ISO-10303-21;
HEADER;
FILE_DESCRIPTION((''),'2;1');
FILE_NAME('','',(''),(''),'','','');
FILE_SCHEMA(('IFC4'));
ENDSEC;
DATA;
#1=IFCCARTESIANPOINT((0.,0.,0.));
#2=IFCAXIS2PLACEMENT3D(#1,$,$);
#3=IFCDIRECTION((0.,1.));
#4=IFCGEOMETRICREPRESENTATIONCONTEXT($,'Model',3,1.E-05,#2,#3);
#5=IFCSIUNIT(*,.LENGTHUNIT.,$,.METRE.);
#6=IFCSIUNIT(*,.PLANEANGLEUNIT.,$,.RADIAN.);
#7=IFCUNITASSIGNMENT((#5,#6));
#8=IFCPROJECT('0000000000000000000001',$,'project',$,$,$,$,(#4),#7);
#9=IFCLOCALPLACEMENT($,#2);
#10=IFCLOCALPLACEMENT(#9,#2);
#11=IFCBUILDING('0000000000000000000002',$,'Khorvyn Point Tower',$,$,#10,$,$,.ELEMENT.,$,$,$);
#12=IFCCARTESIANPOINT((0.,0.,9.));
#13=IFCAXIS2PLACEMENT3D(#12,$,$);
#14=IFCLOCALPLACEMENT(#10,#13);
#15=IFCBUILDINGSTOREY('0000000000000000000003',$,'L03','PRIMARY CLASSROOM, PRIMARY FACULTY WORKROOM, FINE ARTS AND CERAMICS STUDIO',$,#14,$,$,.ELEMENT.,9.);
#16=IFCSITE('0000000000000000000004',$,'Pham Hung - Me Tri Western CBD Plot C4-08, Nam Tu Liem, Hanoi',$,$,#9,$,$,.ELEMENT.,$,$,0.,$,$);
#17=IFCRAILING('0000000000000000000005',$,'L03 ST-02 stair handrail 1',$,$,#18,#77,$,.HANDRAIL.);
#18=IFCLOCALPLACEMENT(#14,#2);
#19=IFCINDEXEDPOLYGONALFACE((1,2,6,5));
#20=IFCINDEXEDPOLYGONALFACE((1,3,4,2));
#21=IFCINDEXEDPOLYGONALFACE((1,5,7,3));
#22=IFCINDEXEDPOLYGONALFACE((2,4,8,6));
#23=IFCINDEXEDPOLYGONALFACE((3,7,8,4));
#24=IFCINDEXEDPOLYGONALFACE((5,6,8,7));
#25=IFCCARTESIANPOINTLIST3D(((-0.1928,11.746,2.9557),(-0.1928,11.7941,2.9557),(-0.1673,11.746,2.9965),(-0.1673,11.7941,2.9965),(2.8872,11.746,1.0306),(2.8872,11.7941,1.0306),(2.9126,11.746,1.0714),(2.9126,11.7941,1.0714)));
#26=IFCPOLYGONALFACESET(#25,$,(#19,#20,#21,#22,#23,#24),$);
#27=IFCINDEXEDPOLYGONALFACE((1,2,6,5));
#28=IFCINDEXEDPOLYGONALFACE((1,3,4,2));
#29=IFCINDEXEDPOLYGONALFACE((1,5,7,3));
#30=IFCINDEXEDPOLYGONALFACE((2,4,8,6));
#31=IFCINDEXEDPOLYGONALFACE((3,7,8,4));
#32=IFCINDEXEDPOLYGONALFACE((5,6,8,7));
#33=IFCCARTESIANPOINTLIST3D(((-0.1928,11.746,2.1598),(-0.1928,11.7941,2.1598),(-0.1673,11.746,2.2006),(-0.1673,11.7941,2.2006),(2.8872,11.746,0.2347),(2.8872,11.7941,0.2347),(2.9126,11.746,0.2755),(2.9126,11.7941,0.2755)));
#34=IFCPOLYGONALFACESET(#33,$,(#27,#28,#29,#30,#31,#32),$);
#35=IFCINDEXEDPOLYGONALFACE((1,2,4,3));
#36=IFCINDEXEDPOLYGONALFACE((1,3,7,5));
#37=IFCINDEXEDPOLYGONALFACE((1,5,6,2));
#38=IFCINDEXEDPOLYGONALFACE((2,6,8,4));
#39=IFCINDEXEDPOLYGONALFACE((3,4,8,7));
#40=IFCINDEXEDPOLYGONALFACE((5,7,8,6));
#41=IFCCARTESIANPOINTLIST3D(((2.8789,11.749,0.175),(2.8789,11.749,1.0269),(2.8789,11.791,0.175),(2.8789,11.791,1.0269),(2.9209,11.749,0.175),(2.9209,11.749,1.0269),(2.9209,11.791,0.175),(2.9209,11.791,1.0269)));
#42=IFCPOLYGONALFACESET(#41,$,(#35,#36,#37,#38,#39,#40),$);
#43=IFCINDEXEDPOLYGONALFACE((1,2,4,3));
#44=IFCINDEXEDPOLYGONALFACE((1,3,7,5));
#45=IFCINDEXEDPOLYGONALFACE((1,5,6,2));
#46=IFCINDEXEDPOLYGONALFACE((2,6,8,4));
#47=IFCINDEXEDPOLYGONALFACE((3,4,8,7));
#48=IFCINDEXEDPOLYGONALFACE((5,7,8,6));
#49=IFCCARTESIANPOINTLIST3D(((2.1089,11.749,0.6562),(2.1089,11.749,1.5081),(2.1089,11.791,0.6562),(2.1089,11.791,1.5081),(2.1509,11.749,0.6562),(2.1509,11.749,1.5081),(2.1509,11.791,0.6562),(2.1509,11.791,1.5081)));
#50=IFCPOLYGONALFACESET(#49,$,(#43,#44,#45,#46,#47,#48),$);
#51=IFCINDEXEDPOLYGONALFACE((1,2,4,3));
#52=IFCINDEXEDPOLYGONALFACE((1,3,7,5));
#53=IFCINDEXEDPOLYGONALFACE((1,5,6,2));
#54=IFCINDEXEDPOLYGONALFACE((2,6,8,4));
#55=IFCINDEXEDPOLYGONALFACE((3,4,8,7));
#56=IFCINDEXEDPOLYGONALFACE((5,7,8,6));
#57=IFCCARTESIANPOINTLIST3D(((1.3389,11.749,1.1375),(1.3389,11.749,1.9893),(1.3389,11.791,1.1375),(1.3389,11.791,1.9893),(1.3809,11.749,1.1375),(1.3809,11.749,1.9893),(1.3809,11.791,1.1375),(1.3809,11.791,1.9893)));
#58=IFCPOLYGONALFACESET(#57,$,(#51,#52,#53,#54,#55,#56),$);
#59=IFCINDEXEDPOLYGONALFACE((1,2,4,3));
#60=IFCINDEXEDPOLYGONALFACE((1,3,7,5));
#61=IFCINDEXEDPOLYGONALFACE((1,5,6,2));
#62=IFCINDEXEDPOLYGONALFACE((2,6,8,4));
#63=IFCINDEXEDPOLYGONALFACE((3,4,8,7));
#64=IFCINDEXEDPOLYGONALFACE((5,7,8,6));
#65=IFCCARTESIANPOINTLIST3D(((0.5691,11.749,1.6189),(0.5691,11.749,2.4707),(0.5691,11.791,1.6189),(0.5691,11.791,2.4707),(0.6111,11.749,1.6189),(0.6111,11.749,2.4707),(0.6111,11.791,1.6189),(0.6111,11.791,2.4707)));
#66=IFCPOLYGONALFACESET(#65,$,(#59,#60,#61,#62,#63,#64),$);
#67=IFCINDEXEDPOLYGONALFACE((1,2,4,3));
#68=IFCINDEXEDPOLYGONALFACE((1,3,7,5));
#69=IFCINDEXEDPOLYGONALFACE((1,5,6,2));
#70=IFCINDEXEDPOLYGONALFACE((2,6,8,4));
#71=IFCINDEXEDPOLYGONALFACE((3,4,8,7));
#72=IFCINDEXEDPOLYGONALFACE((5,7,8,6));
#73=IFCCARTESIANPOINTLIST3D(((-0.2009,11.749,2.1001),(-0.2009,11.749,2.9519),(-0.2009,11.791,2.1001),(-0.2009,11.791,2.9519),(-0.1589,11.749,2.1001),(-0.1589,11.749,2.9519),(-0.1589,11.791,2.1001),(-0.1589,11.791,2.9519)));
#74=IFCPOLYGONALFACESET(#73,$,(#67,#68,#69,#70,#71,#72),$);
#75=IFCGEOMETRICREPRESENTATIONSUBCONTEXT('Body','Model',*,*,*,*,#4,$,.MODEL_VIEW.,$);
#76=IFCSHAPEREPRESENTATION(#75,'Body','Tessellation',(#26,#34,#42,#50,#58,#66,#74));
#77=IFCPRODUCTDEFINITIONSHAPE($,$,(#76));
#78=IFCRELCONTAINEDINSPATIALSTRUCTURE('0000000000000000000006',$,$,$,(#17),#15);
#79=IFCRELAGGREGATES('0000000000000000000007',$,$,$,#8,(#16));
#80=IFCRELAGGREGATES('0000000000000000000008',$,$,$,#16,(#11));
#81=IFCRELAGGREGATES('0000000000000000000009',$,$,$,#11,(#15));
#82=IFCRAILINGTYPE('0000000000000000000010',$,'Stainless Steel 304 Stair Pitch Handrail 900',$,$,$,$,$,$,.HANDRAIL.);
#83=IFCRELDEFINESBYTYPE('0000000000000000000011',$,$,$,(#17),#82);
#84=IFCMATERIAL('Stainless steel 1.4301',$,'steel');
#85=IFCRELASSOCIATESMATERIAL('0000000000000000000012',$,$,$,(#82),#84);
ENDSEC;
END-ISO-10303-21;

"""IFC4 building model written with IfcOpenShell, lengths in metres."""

from ifc_helpers import new_model, si_unit, direction, frame, origin, origin_2d, place, context, subcontext, project, spatial, rectangle, extrude, material, type_object, element, save


model = new_model("IFC4")

# Units and contexts
model_context = context("Model", 3, precision=1e-05, world=origin(), true_north=direction((0.0, 1.0)))
body_context = subcontext(model_context, "Body", "Model", "MODEL_VIEW")
ifc_project = project(units=[si_unit("LENGTHUNIT", "METRE"), si_unit("PLANEANGLEUNIT", "RADIAN")], contexts=[model_context])

# Site, building, storey
site_placement = place(None, origin())
site = spatial("IfcSite", under=ifc_project, at=site_placement, Name="Pham Hung - Me Tri Western CBD Plot C4-08, Nam Tu Liem, Hanoi", CompositionType="ELEMENT", RefElevation=0.0)
building_placement = place(site_placement, origin())
building = spatial("IfcBuilding", under=site, at=building_placement, Name="Khorvyn Point Tower", CompositionType="ELEMENT")
storey_placement = place(building_placement, frame((0.0, 0.0, 9.0)))
storey = spatial("IfcBuildingStorey", under=building, at=storey_placement, Name="L03", Description="PRIMARY CLASSROOM, PRIMARY FACULTY WORKROOM, FINE ARTS AND CERAMICS STUDIO", CompositionType="ELEMENT", Elevation=9.0)

# Railing
ifc_material_1 = material(Name="Stainless steel 1.4301", Category="steel")
railing_type = type_object("IfcRailingType", Name="Stainless Steel 304 Stair Pitch Handrail 900", PredefinedType="HANDRAIL", material=ifc_material_1)
railing_placement = place(storey_placement, frame((2.8999, 11.77, 0.175)))
element("IfcRailing", 1, at=railing_placement, inside=storey, type_object=railing_type, Name="L03 ST-02 stair handrail 1", PredefinedType="HANDRAIL", context=body_context, shape_type="SweptSolid", body=[
    extrude(rectangle(XDim=0.0481, YDim=0.0481, at=origin_2d()), frame((0.0, 0.0, 0.876), z_axis=(-0.847979, 0.0, 0.530029), x_axis=(0.0, -1.0, 0.0)), (0.0, 0.0, 1.0), 3.6321),
    extrude(rectangle(XDim=0.0481, YDim=0.0481, at=origin_2d()), frame((0.0, 0.0, 0.0801), z_axis=(-0.847979, 0.0, 0.530029), x_axis=(0.0, -1.0, 0.0)), (0.0, 0.0, 1.0), 3.6321),
    extrude(rectangle(XDim=0.042, YDim=0.042, at=origin_2d()), origin(), (0.0, 0.0, 1.0), 0.8518),
    extrude(rectangle(XDim=0.042, YDim=0.042, at=origin_2d()), frame((-0.77, 0.0, 0.4812)), (0.0, 0.0, 1.0), 0.8518),
    extrude(rectangle(XDim=0.042, YDim=0.042, at=origin_2d()), frame((-1.54, 0.0, 0.9624)), (0.0, 0.0, 1.0), 0.8518),
    extrude(rectangle(XDim=0.042, YDim=0.042, at=origin_2d()), frame((-2.3098, 0.0, 1.4438)), (0.0, 0.0, 1.0), 0.8518),
    extrude(rectangle(XDim=0.042, YDim=0.042, at=origin_2d()), frame((-3.0798, 0.0, 1.925)), (0.0, 0.0, 1.0), 0.8518),
])

save(model, "model.ifc")
